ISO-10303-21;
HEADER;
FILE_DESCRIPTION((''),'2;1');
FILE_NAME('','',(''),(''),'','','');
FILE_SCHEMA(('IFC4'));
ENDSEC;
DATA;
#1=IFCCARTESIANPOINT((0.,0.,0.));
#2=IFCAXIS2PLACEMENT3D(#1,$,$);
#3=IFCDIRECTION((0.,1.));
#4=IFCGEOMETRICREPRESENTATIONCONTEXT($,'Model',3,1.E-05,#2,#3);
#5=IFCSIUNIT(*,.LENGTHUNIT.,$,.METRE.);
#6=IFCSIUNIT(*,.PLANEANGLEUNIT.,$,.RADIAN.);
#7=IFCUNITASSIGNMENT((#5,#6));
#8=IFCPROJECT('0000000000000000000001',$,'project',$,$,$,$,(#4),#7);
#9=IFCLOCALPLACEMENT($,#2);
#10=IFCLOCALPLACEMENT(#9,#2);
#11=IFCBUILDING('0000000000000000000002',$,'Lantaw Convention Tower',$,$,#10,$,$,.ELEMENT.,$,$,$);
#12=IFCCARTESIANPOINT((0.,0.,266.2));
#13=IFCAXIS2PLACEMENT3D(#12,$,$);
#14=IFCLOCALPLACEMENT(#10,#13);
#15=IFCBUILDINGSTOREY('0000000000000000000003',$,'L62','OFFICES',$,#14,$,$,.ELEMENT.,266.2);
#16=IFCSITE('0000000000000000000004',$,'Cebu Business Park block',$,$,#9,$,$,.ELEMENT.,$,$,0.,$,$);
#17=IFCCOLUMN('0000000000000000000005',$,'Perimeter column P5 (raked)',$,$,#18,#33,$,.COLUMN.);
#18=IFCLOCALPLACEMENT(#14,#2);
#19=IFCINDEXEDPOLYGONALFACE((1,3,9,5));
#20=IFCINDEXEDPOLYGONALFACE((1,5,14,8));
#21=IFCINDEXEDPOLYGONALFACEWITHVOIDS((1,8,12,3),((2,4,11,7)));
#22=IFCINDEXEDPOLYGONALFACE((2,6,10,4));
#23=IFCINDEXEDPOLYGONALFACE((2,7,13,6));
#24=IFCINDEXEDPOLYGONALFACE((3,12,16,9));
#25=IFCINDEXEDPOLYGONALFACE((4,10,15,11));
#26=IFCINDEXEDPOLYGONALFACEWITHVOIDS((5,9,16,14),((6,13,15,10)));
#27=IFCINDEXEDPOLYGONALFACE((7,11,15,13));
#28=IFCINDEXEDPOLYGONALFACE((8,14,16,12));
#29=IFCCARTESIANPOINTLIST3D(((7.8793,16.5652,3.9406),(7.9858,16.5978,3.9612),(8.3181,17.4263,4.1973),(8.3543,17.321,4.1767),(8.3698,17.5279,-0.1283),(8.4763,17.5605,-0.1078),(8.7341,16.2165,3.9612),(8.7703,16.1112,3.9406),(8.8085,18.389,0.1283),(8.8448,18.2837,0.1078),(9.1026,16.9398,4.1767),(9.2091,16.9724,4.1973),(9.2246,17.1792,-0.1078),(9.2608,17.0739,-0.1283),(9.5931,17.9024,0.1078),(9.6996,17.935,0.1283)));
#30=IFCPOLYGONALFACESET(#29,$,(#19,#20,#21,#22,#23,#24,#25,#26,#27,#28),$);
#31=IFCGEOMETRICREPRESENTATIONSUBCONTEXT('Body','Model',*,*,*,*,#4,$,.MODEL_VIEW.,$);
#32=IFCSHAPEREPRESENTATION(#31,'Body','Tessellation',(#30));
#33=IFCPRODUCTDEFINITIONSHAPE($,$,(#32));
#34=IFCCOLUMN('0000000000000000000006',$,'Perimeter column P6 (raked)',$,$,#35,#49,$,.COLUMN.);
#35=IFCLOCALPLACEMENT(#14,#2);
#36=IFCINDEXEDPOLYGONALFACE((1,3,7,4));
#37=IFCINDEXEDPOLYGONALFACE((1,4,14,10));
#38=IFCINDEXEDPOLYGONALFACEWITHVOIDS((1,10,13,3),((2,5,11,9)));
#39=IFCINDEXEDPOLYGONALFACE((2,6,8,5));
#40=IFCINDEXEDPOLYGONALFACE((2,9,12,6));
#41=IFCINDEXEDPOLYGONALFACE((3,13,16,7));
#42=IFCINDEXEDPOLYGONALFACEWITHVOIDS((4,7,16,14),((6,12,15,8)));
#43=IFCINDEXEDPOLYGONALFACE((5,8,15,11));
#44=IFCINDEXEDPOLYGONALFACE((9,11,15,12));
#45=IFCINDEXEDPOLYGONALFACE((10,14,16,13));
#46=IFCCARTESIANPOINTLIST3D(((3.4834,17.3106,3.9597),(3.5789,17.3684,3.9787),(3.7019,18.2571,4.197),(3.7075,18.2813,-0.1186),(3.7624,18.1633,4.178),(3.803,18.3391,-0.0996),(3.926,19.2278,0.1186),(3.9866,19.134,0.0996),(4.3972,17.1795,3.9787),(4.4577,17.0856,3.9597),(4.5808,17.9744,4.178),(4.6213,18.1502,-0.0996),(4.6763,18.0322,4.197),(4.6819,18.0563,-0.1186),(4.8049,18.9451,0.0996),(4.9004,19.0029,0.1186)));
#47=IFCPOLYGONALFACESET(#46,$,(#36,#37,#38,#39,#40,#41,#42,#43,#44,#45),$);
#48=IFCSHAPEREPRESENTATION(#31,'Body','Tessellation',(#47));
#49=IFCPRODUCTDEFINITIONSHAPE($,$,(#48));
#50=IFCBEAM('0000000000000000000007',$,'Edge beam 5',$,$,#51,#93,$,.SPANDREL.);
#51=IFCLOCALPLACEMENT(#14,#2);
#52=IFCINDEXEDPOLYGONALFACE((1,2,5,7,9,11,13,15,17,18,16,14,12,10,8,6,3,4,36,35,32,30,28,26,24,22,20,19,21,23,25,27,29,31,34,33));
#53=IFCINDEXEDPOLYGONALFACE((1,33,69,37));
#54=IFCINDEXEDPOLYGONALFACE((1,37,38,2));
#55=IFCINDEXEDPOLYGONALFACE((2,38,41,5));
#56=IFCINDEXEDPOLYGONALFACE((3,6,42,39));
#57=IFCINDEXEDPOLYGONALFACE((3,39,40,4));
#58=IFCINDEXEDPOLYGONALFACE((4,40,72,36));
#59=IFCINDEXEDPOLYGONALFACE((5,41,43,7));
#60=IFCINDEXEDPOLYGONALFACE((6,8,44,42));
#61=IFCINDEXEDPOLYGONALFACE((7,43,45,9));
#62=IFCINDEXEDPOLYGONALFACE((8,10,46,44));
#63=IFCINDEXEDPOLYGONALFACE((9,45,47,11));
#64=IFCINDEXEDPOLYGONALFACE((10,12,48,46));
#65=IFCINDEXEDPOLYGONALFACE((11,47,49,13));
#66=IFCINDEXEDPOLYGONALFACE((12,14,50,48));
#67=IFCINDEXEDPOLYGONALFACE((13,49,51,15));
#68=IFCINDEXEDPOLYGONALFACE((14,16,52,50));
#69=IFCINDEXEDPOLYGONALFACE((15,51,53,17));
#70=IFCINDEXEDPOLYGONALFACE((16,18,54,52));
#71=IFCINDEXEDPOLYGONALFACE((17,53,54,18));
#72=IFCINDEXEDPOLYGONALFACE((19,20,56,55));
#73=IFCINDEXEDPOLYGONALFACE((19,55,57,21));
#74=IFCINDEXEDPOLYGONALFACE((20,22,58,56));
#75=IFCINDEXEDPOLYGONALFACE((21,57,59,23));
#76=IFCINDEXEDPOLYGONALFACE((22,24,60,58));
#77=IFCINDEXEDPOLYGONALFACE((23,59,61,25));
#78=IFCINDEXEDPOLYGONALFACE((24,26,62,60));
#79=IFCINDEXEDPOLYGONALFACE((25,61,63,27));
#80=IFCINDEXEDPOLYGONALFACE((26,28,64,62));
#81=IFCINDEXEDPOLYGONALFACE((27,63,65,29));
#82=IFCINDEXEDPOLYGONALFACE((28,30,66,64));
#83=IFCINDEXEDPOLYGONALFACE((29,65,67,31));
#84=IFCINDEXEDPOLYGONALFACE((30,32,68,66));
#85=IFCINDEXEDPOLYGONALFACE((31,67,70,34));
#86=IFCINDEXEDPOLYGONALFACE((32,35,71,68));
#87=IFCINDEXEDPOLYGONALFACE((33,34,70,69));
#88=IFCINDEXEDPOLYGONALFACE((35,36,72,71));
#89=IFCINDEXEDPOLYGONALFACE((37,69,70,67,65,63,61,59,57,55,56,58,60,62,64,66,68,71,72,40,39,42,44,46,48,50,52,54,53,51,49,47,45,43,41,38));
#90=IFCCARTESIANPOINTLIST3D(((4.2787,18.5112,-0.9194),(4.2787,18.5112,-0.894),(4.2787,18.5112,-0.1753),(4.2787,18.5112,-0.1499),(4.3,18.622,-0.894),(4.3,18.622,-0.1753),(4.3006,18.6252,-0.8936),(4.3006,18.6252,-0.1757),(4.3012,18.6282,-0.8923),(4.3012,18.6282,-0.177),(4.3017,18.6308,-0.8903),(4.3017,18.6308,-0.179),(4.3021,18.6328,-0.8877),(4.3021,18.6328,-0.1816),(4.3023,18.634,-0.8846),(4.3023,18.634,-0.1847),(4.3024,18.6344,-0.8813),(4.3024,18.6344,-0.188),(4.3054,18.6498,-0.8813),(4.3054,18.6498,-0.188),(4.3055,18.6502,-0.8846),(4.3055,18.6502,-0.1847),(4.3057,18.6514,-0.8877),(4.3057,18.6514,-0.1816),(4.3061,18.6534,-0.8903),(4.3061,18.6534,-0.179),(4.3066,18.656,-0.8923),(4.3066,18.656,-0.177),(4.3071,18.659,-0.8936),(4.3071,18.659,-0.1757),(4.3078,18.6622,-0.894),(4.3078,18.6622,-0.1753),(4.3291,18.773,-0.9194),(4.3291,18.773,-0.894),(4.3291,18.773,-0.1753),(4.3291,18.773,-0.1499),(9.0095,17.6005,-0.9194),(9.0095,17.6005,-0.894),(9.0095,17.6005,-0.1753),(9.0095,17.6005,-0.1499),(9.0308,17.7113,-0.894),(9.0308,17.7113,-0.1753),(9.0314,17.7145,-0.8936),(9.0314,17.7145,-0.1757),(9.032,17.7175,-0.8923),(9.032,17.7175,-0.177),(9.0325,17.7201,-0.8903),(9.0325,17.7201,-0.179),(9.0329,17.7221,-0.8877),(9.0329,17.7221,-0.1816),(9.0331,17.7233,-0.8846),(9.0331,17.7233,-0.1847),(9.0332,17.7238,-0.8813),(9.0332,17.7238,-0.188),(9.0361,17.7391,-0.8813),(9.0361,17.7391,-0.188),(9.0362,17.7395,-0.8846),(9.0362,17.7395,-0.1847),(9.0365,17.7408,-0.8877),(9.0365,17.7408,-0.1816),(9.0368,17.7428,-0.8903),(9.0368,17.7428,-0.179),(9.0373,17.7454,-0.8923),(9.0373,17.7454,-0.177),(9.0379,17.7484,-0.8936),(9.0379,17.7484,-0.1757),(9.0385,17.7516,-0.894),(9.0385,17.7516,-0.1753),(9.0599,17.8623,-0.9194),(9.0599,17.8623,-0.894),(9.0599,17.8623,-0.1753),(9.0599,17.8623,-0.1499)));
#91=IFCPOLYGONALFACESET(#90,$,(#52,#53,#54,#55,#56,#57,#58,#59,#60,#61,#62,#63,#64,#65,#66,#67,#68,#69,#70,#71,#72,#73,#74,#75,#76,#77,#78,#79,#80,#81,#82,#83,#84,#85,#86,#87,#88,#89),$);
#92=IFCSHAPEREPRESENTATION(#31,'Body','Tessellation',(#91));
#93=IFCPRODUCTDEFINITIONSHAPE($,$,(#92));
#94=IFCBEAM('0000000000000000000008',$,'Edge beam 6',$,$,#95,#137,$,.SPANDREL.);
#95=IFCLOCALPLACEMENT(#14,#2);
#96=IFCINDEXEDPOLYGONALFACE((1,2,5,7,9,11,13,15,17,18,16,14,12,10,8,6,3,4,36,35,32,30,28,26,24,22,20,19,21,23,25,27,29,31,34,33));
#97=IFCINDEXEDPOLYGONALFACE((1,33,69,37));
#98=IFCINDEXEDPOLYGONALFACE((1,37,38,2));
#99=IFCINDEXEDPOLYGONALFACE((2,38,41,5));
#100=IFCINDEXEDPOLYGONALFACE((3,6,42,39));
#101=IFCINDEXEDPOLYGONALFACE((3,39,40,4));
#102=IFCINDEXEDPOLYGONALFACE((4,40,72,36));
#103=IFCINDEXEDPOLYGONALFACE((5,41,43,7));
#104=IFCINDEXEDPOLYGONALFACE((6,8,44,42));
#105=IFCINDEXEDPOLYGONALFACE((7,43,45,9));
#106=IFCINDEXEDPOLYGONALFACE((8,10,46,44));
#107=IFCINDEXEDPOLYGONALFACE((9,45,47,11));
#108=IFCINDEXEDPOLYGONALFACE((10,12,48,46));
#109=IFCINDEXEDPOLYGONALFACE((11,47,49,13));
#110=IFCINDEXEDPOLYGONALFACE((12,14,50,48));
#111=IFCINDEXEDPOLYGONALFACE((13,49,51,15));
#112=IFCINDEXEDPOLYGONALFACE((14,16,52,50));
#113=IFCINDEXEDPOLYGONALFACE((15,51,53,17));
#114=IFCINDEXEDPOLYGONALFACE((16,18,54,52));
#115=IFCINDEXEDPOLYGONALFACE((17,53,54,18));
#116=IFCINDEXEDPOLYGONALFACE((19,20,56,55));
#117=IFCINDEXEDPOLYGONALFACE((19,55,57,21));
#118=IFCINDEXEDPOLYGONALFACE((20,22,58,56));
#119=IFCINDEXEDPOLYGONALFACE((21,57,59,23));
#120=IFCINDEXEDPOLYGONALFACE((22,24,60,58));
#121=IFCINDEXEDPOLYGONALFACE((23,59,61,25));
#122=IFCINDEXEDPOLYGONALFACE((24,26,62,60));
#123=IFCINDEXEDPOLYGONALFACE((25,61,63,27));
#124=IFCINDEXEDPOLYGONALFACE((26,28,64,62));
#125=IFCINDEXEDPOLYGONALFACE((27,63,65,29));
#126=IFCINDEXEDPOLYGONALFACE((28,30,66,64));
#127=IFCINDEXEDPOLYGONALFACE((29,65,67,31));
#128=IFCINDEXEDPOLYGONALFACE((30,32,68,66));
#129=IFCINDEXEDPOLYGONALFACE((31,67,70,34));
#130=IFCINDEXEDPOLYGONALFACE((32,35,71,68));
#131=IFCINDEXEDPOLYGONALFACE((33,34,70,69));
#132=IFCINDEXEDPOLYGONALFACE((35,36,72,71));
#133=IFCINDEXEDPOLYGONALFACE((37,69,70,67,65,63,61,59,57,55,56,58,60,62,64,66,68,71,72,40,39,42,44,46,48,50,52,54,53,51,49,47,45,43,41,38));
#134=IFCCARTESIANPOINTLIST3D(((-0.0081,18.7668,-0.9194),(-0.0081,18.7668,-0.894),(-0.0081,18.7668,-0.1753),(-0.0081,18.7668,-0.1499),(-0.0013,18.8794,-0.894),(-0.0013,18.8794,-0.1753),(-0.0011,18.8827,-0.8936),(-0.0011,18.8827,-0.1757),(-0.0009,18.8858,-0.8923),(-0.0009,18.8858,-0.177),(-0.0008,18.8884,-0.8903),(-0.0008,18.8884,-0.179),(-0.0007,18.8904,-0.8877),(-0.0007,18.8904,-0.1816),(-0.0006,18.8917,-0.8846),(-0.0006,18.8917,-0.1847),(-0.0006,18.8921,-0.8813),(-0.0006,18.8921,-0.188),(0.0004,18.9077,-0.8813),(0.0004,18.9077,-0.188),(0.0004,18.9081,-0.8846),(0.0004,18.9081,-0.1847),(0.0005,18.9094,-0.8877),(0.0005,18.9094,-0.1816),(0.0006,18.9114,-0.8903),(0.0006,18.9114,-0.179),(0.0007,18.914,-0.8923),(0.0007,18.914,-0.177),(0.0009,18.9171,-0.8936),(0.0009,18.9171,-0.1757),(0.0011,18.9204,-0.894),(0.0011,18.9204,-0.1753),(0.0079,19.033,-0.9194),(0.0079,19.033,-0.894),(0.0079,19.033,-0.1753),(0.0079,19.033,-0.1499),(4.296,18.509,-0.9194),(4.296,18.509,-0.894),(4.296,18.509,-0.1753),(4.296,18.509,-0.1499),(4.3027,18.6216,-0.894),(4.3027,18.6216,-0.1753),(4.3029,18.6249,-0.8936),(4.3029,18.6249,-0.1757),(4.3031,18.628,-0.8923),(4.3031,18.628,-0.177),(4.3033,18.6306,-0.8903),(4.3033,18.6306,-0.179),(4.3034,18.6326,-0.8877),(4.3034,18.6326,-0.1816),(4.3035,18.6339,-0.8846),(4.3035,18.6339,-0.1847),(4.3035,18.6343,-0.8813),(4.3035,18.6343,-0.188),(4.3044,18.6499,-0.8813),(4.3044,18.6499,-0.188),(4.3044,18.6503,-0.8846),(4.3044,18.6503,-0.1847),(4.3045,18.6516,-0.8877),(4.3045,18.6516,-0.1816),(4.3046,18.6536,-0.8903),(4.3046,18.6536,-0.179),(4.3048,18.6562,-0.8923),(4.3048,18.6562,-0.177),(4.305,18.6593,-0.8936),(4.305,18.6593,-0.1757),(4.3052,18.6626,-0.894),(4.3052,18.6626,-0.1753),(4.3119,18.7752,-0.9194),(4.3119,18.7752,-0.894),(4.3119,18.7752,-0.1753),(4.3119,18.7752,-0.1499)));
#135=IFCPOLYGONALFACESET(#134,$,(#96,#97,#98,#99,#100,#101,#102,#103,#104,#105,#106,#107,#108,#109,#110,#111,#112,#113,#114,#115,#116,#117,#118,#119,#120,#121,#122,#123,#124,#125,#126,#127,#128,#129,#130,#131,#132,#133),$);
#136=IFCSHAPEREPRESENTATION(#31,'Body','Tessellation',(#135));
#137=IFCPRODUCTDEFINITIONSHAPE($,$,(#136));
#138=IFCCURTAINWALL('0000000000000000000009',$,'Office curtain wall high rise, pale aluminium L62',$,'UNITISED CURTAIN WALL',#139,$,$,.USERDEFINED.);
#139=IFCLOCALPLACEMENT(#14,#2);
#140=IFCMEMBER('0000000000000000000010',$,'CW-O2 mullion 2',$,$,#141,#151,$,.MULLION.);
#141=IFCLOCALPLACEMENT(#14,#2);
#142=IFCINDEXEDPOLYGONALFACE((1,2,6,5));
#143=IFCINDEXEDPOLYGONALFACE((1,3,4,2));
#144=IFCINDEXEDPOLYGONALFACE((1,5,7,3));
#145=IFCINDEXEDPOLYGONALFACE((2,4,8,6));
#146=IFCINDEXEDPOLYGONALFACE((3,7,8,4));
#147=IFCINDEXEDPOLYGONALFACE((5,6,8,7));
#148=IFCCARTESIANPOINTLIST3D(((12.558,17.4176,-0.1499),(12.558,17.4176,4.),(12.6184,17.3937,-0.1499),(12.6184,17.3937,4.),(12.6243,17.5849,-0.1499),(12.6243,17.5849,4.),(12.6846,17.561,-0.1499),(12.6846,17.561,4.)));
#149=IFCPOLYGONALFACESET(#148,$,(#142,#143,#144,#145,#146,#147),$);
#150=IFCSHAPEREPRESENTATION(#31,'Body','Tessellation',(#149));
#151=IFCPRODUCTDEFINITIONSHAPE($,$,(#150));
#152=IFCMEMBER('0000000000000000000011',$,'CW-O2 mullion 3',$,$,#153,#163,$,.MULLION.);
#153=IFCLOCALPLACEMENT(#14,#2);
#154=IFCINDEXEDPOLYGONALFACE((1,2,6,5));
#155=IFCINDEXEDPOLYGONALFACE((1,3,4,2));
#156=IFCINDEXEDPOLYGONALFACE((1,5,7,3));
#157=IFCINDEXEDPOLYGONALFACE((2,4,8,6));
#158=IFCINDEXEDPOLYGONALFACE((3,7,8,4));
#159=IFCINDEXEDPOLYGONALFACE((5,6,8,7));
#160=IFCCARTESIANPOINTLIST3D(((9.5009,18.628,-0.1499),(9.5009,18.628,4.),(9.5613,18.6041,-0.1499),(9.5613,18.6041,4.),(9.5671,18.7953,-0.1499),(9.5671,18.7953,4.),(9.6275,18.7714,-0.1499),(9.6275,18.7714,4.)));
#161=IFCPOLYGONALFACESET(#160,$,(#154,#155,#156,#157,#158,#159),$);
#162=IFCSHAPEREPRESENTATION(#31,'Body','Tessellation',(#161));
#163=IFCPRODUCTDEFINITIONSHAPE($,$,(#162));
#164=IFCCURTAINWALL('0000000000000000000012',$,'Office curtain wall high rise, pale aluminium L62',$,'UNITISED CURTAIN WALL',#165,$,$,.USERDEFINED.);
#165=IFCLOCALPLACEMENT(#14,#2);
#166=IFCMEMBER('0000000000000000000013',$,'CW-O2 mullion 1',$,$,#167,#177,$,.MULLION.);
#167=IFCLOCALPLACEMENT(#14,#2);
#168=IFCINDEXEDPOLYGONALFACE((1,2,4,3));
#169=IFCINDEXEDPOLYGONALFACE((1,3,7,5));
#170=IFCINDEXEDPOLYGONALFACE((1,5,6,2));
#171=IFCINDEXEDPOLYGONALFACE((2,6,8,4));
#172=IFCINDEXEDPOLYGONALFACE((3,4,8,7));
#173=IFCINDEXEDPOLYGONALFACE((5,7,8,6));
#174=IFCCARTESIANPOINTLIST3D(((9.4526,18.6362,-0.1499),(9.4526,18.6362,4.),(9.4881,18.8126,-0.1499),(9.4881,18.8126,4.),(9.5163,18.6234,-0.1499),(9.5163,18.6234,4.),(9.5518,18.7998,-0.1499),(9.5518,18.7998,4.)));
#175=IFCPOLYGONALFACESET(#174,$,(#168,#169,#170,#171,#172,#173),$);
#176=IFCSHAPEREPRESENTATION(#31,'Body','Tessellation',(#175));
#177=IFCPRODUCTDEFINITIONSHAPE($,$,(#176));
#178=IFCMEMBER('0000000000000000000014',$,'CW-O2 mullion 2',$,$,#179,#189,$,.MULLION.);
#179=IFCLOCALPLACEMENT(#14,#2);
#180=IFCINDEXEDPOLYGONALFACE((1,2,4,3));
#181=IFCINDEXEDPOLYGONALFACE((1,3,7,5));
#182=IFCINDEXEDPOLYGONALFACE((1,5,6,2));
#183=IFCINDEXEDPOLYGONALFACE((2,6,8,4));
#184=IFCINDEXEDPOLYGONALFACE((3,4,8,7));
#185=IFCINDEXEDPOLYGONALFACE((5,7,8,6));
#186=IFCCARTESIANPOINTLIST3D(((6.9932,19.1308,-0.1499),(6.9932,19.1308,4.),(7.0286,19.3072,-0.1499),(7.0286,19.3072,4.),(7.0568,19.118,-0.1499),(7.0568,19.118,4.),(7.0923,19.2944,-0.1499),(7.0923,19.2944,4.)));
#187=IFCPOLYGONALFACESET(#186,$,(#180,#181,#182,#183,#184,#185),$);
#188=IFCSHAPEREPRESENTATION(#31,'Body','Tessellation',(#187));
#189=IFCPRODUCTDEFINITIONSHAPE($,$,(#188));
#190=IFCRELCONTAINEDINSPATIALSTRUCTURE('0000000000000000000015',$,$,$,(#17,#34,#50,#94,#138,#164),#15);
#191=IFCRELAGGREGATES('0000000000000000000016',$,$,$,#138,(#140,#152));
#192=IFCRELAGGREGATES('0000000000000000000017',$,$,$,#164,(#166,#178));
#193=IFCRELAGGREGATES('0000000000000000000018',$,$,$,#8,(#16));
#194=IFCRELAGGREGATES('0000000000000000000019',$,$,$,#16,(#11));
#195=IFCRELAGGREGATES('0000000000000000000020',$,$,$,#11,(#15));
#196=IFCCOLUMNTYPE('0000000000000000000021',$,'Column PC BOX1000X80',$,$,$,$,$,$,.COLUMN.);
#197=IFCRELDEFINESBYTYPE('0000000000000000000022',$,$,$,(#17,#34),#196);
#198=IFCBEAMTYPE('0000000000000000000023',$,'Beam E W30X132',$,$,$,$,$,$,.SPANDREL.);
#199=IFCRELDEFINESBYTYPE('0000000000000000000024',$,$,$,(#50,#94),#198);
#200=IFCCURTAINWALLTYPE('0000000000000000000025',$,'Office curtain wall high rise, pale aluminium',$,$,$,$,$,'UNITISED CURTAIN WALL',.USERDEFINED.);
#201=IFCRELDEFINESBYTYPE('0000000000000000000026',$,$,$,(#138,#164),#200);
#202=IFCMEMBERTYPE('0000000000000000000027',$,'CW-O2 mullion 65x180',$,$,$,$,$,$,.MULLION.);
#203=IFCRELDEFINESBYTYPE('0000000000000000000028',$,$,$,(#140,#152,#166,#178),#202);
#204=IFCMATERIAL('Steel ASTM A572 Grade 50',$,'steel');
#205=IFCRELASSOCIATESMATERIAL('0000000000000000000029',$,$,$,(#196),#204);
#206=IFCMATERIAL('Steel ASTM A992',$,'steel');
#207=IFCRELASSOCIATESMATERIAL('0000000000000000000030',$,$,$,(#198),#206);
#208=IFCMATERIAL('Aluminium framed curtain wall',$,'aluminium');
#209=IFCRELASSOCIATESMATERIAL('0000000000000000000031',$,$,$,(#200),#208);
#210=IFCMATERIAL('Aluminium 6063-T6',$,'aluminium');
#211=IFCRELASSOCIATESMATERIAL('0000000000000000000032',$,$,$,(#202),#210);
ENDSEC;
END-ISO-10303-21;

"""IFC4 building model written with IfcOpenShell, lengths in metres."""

from ifc_helpers import new_model, si_unit, direction, frame, origin, origin_2d, place, context, subcontext, project, spatial, rectangle, hollow_rectangle, i_section, extrude, material, material_profile, profile_set, type_object, element, aggregate, save


model = new_model("IFC4")

# Units and contexts
model_context = context("Model", 3, precision=1e-05, world=origin(), true_north=direction((0.0, 1.0)))
body_context = subcontext(model_context, "Body", "Model", "MODEL_VIEW")
ifc_project = project(units=[si_unit("LENGTHUNIT", "METRE"), si_unit("PLANEANGLEUNIT", "RADIAN")], contexts=[model_context])

# Site, building, storey
site_placement = place(None, origin())
site = spatial("IfcSite", under=ifc_project, at=site_placement, Name="Cebu Business Park block", CompositionType="ELEMENT", RefElevation=0.0)
building_placement = place(site_placement, origin())
building = spatial("IfcBuilding", under=site, at=building_placement, Name="Lantaw Convention Tower", CompositionType="ELEMENT")
storey_placement = place(building_placement, frame((0.0, 0.0, 266.2)))
storey = spatial("IfcBuildingStorey", under=building, at=storey_placement, Name="L62", Description="OFFICES", CompositionType="ELEMENT", Elevation=266.2)

# Columns
ifc_material_1 = material(Name="Steel ASTM A572 Grade 50", Category="steel")
ifc_material_profile_1 = material_profile(ifc_material_1, hollow_rectangle(XDim=1.0, YDim=1.0, WallThickness=0.0801, at=origin_2d()), Name="BOX1000X80")
ifc_material_2 = material(Name="Concrete C60/75", Category="concrete")
ifc_material_profile_2 = material_profile(ifc_material_2, rectangle(XDim=0.8401, YDim=0.8401, at=origin_2d()), Name="Concrete fill of BOX1000X80")
ifc_profile_set_1 = profile_set([ifc_material_profile_1, ifc_material_profile_2], Name="Steel ASTM A572 Grade 50")
column_type = type_object("IfcColumnType", Name="Column PC BOX1000X80", PredefinedType="COLUMN", material=ifc_profile_set_1)
column_1_placement = place(storey_placement, frame((9.0347, 17.7314, 0.0), z_axis=(-0.116508, -0.228666, 0.966508), x_axis=(0.891012, -0.45398, 0.0)))
element("IfcColumn", 1, at=column_1_placement, inside=storey, type_object=column_type, Name="Perimeter column P5 (raked)", PredefinedType="COLUMN", context=body_context, shape_type="SweptSolid", body=[
    extrude(hollow_rectangle(XDim=1.0, YDim=1.0, WallThickness=0.0801, at=origin_2d()), origin(), (0.0, 0.0, 1.0), 4.21),
])
column_2_placement = place(storey_placement, frame((4.304, 18.6421, 0.0), z_axis=(-0.053384, -0.231214, 0.971437), x_axis=(0.974366, -0.224967, 0.0)))
element("IfcColumn", 2, at=column_2_placement, inside=storey, type_object=column_type, Name="Perimeter column P6 (raked)", PredefinedType="COLUMN", context=body_context, shape_type="SweptSolid", body=[
    extrude(hollow_rectangle(XDim=1.0, YDim=1.0, WallThickness=0.0801, at=origin_2d()), origin(), (0.0, 0.0, 1.0), 4.1982),
])

# Beams
ifc_material_3 = material(Name="Steel ASTM A992", Category="steel")
ifc_material_profile_3 = material_profile(ifc_material_3, i_section(OverallWidth=0.2666, OverallDepth=0.7695, WebThickness=0.0156, FlangeThickness=0.0254, FilletRadius=0.0127, at=origin_2d()), Name="W30X132")
ifc_profile_set_2 = profile_set([ifc_material_profile_3], Name="Steel ASTM A992")
beam_type = type_object("IfcBeamType", Name="Beam E W30X132", PredefinedType="SPANDREL", material=ifc_profile_set_2)
beam_1_placement = place(storey_placement, frame((9.0347, 17.7314, -0.5347), z_axis=(-0.981972, 0.189026, 0.0), x_axis=(-0.189026, -0.981972, 0.0)))
element("IfcBeam", 3, at=beam_1_placement, inside=storey, type_object=beam_type, Name="Edge beam 5", PredefinedType="SPANDREL", context=body_context, shape_type="SweptSolid", body=[
    extrude(i_section(OverallWidth=0.2666, OverallDepth=0.7695, WebThickness=0.0156, FlangeThickness=0.0254, FilletRadius=0.0127, at=origin_2d()), origin(), (0.0, 0.0, 1.0), 4.8176),
])
beam_2_placement = place(storey_placement, frame((4.304, 18.6421, -0.5347), z_axis=(-0.998211, 0.059794, 0.0), x_axis=(-0.059794, -0.998211, 0.0)))
element("IfcBeam", 4, at=beam_2_placement, inside=storey, type_object=beam_type, Name="Edge beam 6", PredefinedType="SPANDREL", context=body_context, shape_type="SweptSolid", body=[
    extrude(i_section(OverallWidth=0.2666, OverallDepth=0.7695, WebThickness=0.0156, FlangeThickness=0.0254, FilletRadius=0.0127, at=origin_2d()), origin(), (0.0, 0.0, 1.0), 4.3118),
])

# Curtain walls, members
ifc_material_4 = material(Name="Aluminium framed curtain wall", Category="aluminium")
curtain_wall_type = type_object("IfcCurtainWallType", Name="Office curtain wall high rise, pale aluminium", ElementType="UNITISED CURTAIN WALL", PredefinedType="USERDEFINED", material=ifc_material_4)
curtain_wall_1_placement = place(storey_placement, origin())
curtain_wall_1 = element("IfcCurtainWall", 5, at=curtain_wall_1_placement, inside=storey, type_object=curtain_wall_type, Name="Office curtain wall high rise, pale aluminium L62", ObjectType="UNITISED CURTAIN WALL", PredefinedType="USERDEFINED")
ifc_material_5 = material(Name="Aluminium 6063-T6", Category="aluminium")
ifc_material_profile_4 = material_profile(ifc_material_5, rectangle(XDim=0.1799, YDim=0.0649, at=origin_2d()), Name="CW-O2 mullion 65x180")
ifc_profile_set_3 = profile_set([ifc_material_profile_4], Name="Aluminium 6063-T6")
member_type_1 = type_object("IfcMemberType", Name="CW-O2 mullion 65x180", PredefinedType="MULLION", material=ifc_profile_set_3)
member_1_placement = place(storey_placement, frame((12.6213, 17.4893, -0.1499), z_axis=(0.0, 0.0, 1.0), x_axis=(-0.368162, -0.929762, 0.0)))
member_1 = element("IfcMember", 6, at=member_1_placement, type_object=member_type_1, Name="CW-O2 mullion 2", PredefinedType="MULLION", context=body_context, shape_type="SweptSolid", body=[
    extrude(rectangle(XDim=0.1799, YDim=0.0649, at=origin_2d()), origin(), (0.0, 0.0, 1.0), 4.1499),
])
member_2_placement = place(storey_placement, frame((9.5642, 18.6997, -0.1499), z_axis=(0.0, 0.0, 1.0), x_axis=(-0.368162, -0.929762, 0.0)))
member_2 = element("IfcMember", 7, at=member_2_placement, type_object=member_type_1, Name="CW-O2 mullion 3", PredefinedType="MULLION", context=body_context, shape_type="SweptSolid", body=[
    extrude(rectangle(XDim=0.1799, YDim=0.0649, at=origin_2d()), origin(), (0.0, 0.0, 1.0), 4.1499),
])
curtain_wall_2_placement = place(storey_placement, origin())
curtain_wall_2 = element("IfcCurtainWall", 8, at=curtain_wall_2_placement, inside=storey, type_object=curtain_wall_type, Name="Office curtain wall high rise, pale aluminium L62", ObjectType="UNITISED CURTAIN WALL", PredefinedType="USERDEFINED")
member_3_placement = place(storey_placement, frame((9.5022, 18.718, -0.1499), z_axis=(0.0, 0.0, 1.0), x_axis=(-0.197183, -0.980367, 0.0)))
member_3 = element("IfcMember", 9, at=member_3_placement, type_object=member_type_1, Name="CW-O2 mullion 1", PredefinedType="MULLION", context=body_context, shape_type="SweptSolid", body=[
    extrude(rectangle(XDim=0.1799, YDim=0.0649, at=origin_2d()), origin(), (0.0, 0.0, 1.0), 4.1499),
])
member_4_placement = place(storey_placement, frame((7.0427, 19.2126, -0.1499), z_axis=(0.0, 0.0, 1.0), x_axis=(-0.197183, -0.980367, 0.0)))
member_4 = element("IfcMember", 10, at=member_4_placement, type_object=member_type_1, Name="CW-O2 mullion 2", PredefinedType="MULLION", context=body_context, shape_type="SweptSolid", body=[
    extrude(rectangle(XDim=0.1799, YDim=0.0649, at=origin_2d()), origin(), (0.0, 0.0, 1.0), 4.1499),
])

aggregate(curtain_wall_1, [member_1, member_2])
aggregate(curtain_wall_2, [member_3, member_4])

save(model, "model.ifc")
